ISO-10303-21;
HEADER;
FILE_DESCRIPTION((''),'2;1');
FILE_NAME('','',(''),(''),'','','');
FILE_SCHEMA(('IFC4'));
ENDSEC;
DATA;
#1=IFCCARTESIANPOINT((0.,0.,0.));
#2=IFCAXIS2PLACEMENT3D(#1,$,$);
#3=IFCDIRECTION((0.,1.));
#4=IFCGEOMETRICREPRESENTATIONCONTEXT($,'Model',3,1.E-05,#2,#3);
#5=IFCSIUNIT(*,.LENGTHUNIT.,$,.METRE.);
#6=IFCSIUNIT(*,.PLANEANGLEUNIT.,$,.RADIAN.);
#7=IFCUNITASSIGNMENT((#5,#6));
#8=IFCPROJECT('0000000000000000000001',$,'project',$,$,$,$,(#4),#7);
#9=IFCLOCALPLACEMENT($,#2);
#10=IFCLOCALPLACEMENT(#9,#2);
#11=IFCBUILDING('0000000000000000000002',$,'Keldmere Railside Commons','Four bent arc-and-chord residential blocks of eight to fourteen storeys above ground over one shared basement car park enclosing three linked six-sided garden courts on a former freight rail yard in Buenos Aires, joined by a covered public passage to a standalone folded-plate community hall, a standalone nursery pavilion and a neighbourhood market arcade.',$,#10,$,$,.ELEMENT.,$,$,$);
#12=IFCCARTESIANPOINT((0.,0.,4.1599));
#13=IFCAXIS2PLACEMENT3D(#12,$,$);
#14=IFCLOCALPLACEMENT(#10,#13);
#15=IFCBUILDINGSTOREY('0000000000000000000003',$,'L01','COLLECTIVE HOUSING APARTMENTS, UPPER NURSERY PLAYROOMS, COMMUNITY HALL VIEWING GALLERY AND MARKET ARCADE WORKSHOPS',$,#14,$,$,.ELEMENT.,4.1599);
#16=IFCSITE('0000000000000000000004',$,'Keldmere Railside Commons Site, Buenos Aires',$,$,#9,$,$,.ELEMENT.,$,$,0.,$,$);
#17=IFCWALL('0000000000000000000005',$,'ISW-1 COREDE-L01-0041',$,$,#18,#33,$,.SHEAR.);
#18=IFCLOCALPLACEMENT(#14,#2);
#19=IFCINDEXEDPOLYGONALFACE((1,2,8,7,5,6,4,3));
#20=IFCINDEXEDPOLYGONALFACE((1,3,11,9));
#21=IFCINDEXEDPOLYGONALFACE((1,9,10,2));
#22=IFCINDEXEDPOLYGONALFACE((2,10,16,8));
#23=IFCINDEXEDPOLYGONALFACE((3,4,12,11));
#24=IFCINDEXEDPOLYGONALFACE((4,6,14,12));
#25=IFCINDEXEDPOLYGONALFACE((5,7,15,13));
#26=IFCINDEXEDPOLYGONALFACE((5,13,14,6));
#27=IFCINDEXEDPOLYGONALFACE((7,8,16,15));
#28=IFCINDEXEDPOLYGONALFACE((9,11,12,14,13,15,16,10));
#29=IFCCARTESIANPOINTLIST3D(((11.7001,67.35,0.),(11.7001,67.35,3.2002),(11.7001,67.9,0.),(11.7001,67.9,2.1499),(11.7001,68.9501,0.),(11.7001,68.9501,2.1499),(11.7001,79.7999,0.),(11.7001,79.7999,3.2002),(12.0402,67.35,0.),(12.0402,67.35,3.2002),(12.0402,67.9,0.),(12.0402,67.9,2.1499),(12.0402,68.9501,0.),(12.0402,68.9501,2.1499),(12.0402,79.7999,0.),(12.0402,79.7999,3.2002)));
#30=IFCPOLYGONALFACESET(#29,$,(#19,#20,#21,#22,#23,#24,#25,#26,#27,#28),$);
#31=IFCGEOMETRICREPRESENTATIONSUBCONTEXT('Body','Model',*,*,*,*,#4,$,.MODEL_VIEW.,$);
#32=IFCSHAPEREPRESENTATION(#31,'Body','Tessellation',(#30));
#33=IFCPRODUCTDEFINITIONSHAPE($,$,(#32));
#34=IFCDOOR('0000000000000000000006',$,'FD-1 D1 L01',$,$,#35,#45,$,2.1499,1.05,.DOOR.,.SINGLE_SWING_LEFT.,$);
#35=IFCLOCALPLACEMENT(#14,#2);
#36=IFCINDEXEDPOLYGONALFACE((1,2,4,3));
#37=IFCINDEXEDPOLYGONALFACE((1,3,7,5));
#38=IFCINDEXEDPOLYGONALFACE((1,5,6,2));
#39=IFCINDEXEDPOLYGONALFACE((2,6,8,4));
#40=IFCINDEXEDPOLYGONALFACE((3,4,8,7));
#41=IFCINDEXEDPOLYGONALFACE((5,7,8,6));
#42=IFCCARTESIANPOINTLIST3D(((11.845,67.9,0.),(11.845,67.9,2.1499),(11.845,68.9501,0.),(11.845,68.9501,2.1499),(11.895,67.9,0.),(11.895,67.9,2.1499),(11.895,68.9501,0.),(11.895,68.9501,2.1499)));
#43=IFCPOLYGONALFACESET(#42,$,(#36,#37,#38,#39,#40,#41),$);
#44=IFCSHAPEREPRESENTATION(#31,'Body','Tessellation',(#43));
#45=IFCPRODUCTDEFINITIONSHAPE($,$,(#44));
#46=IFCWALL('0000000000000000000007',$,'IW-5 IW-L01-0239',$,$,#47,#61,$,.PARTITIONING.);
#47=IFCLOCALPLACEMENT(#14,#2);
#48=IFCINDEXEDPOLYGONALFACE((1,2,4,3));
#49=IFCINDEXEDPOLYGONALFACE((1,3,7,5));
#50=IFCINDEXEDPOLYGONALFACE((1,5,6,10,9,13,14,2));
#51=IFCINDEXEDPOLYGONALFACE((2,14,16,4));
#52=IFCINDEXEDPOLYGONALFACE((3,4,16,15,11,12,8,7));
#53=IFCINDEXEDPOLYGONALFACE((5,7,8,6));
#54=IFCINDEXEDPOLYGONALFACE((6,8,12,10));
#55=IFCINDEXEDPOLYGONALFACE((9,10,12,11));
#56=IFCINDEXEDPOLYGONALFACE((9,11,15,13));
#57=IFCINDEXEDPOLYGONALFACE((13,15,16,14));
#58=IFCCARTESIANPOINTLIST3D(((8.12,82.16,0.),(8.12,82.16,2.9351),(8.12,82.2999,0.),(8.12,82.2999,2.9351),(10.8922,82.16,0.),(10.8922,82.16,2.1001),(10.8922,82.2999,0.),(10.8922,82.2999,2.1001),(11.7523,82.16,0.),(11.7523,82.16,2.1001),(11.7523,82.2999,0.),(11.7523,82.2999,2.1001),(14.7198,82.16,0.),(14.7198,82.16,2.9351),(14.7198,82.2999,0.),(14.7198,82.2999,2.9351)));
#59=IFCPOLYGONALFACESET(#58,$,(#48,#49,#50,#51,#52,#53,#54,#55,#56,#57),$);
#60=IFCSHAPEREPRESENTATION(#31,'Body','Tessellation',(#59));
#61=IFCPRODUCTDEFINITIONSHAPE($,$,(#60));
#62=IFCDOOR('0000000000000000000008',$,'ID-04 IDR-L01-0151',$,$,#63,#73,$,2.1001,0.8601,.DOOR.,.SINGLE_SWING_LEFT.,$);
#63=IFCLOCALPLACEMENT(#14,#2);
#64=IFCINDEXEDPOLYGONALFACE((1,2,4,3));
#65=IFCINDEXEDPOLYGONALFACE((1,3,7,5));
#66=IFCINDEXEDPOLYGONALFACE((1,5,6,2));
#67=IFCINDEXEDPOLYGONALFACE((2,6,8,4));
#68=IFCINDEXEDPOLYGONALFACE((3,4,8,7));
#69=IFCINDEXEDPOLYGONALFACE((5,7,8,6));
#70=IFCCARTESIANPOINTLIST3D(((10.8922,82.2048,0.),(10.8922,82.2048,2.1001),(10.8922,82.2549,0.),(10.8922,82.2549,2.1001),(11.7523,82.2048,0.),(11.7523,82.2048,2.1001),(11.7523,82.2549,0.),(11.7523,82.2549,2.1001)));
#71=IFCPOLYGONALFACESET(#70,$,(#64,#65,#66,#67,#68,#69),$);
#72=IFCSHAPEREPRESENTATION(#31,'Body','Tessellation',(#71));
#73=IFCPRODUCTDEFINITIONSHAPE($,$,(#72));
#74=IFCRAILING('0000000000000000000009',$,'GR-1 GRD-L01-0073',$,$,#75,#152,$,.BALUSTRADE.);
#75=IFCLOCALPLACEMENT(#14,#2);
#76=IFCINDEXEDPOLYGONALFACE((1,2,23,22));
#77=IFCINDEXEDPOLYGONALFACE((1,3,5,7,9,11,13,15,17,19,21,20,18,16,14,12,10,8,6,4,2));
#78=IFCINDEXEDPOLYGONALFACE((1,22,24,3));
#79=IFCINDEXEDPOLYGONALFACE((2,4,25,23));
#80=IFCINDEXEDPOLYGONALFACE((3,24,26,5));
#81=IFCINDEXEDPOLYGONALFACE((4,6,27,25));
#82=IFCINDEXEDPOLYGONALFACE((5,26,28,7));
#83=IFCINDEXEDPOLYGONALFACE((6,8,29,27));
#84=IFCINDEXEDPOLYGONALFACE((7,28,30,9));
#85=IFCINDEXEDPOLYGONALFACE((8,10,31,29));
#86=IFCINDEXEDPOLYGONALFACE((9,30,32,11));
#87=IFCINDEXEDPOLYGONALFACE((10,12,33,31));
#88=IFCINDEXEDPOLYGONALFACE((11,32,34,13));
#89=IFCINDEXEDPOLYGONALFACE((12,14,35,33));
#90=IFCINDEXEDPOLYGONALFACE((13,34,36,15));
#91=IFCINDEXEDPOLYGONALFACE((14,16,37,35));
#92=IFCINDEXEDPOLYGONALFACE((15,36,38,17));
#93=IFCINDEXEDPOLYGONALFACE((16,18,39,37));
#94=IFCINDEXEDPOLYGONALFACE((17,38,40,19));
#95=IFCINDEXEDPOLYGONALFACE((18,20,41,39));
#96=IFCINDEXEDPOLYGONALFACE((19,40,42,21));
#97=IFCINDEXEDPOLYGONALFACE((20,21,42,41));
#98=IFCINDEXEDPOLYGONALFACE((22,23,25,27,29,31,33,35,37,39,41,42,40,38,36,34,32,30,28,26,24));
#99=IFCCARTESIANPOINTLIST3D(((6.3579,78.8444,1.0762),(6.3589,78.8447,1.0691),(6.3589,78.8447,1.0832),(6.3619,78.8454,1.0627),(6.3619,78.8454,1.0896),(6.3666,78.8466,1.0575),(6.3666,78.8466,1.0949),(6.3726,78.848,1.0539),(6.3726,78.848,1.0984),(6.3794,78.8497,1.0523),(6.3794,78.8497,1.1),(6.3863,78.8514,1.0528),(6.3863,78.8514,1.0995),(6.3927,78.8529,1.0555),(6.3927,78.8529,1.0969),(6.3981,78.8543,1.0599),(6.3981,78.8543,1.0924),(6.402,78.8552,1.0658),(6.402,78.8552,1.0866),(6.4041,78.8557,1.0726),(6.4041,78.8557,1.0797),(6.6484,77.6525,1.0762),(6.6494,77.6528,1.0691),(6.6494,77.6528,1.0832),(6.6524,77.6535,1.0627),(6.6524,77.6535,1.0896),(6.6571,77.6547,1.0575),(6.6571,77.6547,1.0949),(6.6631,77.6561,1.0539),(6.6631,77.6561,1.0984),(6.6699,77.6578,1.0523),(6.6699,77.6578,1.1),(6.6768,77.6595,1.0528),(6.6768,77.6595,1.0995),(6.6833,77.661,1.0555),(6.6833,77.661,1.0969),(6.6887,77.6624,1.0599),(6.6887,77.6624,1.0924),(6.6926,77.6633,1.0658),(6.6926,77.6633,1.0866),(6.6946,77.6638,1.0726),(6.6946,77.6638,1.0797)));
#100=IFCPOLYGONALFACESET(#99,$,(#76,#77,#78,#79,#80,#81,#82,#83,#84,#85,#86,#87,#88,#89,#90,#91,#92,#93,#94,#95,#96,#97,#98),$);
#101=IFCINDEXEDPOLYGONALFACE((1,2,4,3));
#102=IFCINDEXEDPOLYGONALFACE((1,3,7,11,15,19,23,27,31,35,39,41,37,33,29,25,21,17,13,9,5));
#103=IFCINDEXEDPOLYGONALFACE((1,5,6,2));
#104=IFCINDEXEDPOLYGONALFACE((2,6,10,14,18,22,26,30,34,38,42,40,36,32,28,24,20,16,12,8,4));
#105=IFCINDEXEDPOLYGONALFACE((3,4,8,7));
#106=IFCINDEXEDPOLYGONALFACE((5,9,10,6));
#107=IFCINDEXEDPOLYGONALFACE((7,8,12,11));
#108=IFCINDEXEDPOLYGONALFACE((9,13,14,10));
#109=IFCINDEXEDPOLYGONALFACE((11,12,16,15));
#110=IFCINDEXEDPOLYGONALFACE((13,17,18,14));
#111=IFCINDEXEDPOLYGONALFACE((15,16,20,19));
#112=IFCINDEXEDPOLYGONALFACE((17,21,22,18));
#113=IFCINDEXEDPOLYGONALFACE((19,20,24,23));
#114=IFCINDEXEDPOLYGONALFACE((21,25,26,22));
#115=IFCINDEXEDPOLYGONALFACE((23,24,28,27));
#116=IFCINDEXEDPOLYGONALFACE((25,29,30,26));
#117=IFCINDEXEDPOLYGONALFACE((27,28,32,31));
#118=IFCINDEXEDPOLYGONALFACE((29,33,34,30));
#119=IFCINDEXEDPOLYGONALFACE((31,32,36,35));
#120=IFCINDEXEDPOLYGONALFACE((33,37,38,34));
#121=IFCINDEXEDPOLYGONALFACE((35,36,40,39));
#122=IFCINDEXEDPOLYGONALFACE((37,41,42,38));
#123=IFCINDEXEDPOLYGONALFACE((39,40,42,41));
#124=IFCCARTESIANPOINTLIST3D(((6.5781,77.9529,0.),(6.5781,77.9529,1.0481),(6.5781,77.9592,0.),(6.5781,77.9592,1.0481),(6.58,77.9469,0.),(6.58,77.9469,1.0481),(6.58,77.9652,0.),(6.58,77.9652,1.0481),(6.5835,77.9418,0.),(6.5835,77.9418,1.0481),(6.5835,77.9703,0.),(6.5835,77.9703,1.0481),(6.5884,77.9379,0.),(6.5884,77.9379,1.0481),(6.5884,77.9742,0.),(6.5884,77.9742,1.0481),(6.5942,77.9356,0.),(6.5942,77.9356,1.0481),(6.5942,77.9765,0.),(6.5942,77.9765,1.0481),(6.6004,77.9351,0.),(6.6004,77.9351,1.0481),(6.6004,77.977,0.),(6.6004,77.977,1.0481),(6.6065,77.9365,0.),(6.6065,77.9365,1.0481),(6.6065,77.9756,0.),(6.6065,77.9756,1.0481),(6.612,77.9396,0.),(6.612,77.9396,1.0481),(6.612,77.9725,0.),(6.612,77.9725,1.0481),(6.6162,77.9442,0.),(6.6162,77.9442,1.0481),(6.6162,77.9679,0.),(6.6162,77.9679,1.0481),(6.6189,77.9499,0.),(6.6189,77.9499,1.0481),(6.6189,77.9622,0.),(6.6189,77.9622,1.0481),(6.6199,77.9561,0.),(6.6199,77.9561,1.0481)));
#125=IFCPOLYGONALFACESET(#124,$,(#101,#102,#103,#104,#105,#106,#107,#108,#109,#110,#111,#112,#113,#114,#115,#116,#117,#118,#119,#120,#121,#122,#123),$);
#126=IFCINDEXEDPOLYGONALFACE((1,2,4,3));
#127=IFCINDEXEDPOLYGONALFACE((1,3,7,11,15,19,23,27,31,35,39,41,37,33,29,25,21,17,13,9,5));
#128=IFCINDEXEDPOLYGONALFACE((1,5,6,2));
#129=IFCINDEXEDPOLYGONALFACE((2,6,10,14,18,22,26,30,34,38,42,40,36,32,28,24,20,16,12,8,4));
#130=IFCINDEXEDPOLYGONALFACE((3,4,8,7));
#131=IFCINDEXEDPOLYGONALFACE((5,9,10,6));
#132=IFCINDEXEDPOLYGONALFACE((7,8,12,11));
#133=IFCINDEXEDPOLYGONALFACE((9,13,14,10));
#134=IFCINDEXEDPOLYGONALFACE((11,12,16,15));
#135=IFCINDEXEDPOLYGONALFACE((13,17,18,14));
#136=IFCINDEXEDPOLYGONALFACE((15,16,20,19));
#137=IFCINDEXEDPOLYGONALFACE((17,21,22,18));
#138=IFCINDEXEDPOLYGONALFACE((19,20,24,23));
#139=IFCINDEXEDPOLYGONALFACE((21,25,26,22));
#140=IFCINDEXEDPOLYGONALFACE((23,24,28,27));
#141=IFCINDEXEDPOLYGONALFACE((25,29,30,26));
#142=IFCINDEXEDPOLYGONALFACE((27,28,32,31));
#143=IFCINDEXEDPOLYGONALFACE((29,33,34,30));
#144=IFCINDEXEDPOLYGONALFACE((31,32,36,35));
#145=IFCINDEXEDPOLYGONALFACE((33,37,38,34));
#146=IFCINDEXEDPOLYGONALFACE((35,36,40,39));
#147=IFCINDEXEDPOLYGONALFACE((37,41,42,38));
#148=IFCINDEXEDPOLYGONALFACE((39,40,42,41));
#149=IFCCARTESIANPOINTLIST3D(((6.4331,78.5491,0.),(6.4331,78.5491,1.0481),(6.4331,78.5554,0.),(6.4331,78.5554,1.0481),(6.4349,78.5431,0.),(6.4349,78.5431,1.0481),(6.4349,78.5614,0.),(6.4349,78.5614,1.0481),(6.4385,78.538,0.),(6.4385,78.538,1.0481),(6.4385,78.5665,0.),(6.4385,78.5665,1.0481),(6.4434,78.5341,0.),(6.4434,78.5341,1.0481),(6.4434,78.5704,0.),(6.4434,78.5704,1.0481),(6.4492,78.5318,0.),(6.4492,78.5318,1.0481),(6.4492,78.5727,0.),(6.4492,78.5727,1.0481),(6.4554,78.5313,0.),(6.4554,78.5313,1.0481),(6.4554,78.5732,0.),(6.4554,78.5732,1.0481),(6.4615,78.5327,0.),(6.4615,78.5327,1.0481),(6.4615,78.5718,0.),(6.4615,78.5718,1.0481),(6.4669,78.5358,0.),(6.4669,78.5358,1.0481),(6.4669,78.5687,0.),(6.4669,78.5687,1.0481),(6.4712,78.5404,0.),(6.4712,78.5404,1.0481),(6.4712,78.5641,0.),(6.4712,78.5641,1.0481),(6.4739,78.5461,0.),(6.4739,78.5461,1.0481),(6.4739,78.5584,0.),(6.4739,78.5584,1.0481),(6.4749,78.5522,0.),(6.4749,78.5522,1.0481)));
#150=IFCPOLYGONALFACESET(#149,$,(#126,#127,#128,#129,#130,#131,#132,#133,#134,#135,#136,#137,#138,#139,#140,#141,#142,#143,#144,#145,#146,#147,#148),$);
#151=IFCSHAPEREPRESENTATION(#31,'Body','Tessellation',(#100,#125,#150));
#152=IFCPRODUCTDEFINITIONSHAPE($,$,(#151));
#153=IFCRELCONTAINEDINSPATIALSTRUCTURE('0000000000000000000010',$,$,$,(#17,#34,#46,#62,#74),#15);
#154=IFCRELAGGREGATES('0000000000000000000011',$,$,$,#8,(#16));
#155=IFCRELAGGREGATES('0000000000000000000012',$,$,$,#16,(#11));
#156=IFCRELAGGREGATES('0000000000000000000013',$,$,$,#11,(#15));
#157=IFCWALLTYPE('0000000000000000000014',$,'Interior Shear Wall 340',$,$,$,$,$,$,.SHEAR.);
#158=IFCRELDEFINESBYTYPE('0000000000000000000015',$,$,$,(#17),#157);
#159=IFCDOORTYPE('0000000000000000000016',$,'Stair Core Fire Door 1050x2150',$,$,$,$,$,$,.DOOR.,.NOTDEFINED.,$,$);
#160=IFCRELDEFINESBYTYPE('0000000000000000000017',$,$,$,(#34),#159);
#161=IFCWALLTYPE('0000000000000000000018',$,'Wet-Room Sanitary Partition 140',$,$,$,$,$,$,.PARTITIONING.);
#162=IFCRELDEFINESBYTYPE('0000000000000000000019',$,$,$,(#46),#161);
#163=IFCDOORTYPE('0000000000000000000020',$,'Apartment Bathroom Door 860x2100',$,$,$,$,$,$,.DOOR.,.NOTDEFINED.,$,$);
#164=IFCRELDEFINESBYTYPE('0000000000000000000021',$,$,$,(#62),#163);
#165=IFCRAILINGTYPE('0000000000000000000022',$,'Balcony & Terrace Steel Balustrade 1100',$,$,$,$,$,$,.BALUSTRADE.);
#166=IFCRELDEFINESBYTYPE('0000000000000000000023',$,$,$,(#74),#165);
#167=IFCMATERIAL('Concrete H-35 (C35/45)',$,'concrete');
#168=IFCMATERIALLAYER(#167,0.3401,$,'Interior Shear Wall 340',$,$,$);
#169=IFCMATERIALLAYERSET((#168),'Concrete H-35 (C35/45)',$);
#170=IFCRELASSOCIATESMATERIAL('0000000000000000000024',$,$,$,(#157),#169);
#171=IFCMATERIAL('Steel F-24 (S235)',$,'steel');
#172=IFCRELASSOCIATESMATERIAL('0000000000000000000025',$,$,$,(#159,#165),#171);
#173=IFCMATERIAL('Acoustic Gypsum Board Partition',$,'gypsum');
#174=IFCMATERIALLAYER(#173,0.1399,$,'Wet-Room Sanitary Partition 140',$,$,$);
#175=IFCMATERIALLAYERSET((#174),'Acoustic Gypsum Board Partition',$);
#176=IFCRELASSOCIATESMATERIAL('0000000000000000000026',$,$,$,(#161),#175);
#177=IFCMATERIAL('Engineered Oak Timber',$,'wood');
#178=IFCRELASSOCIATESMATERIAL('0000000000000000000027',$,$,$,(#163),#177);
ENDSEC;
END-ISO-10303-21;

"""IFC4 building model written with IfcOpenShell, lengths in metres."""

from ifc_helpers import new_model, si_unit, direction, frame, frame_2d, origin, origin_2d, place, context, subcontext, project, spatial, rectangle, circle, extrude, material, layer, layer_set, type_object, element, fill, save


model = new_model("IFC4")

# Units and contexts
model_context = context("Model", 3, precision=1e-05, world=origin(), true_north=direction((0.0, 1.0)))
body_context = subcontext(model_context, "Body", "Model", "MODEL_VIEW")
ifc_project = project(units=[si_unit("LENGTHUNIT", "METRE"), si_unit("PLANEANGLEUNIT", "RADIAN")], contexts=[model_context])

# Site, building, storey
site_placement = place(None, origin())
site = spatial("IfcSite", under=ifc_project, at=site_placement, Name="Keldmere Railside Commons Site, Buenos Aires", CompositionType="ELEMENT", RefElevation=0.0)
building_placement = place(site_placement, origin())
building = spatial("IfcBuilding", under=site, at=building_placement, Name="Keldmere Railside Commons", Description="Four bent arc-and-chord residential blocks of eight to fourteen storeys above ground over one shared basement car park enclosing three linked six-sided garden courts on a former freight rail yard in Buenos Aires, joined by a covered public passage to a standalone folded-plate community hall, a standalone nursery pavilion and a neighbourhood market arcade.", CompositionType="ELEMENT")
storey_placement = place(building_placement, frame((0.0, 0.0, 4.1599)))
storey = spatial("IfcBuildingStorey", under=building, at=storey_placement, Name="L01", Description="COLLECTIVE HOUSING APARTMENTS, UPPER NURSERY PLAYROOMS, COMMUNITY HALL VIEWING GALLERY AND MARKET ARCADE WORKSHOPS", CompositionType="ELEMENT", Elevation=4.1599)

# Shared definitions
ifc_material_1 = material(Name="Acoustic Gypsum Board Partition", Category="gypsum")
ifc_material_2 = material(Name="Engineered Oak Timber", Category="wood")

# Shared definitions
ifc_material_3 = material(Name="Concrete H-35 (C35/45)", Category="concrete")

# Walls, openings, doors
ifc_layer_1 = layer(ifc_material_3, 0.3401, Name="Interior Shear Wall 340")
ifc_layer_set_1 = layer_set([ifc_layer_1], Name="Concrete H-35 (C35/45)")
wall_type_1 = type_object("IfcWallType", Name="Interior Shear Wall 340", PredefinedType="SHEAR", material=ifc_layer_set_1)
wall_1_placement = place(storey_placement, frame((11.8701, 79.8, 0.0), z_axis=(0.0, 0.0, 1.0), x_axis=(0.0, -1.0, 0.0)))
wall_1 = element("IfcWall", 1, at=wall_1_placement, inside=storey, type_object=wall_type_1, Name="ISW-1 COREDE-L01-0041", PredefinedType="SHEAR", context=body_context, shape_type="SweptSolid", body=[
    extrude(rectangle(XDim=12.45, YDim=0.3401, at=frame_2d((6.2251, 0.0))), origin(), (0.0, 0.0, 1.0), 3.2002),
])
opening_1_placement = place(wall_1_placement, frame((10.8501, 0.0, 0.0)))
opening_1 = element("IfcOpeningElement", 2, at=opening_1_placement, cuts=wall_1, PredefinedType="OPENING", context=body_context, shape_type="SweptSolid", body=[
    extrude(rectangle(XDim=1.05, YDim=2.1499, at=frame_2d((0.5249, 1.075))), frame((0.0, 0.1799, 0.0), z_axis=(0.0, -1.0, 0.0), x_axis=(1.0, 0.0, 0.0)), (0.0, 0.0, 1.0), 0.3601),
])
ifc_material_4 = material(Name="Steel F-24 (S235)", Category="steel")
door_type_1 = type_object("IfcDoorType", Name="Stair Core Fire Door 1050x2150", OperationType="NOTDEFINED", PredefinedType="DOOR", material=ifc_material_4)
door_1_placement = place(opening_1_placement, origin())
door_1 = element("IfcDoor", 3, at=door_1_placement, inside=storey, type_object=door_type_1, Name="FD-1 D1 L01", OperationType="SINGLE_SWING_LEFT", OverallHeight=2.1499, OverallWidth=1.05, PredefinedType="DOOR", context=body_context, shape_type="SweptSolid", body=[
    extrude(rectangle(XDim=1.05, YDim=2.1499, at=frame_2d((0.5249, 1.075))), frame((0.0, 0.0249, 0.0), z_axis=(0.0, -1.0, 0.0), x_axis=(1.0, 0.0, 0.0)), (0.0, 0.0, 1.0), 0.05),
])
fill(opening_1, door_1)
ifc_layer_2 = layer(ifc_material_1, 0.1399, Name="Wet-Room Sanitary Partition 140")
ifc_layer_set_2 = layer_set([ifc_layer_2], Name="Acoustic Gypsum Board Partition")
wall_type_2 = type_object("IfcWallType", Name="Wet-Room Sanitary Partition 140", PredefinedType="PARTITIONING", material=ifc_layer_set_2)
wall_2_placement = place(storey_placement, frame((8.1201, 82.23, 0.0), z_axis=(0.0, 0.0, 1.0), x_axis=(1.0, 0.0, 0.0)))
wall_2 = element("IfcWall", 4, at=wall_2_placement, inside=storey, type_object=wall_type_2, Name="IW-5 IW-L01-0239", PredefinedType="PARTITIONING", context=body_context, shape_type="SweptSolid", body=[
    extrude(rectangle(XDim=6.5999, YDim=0.1399, at=frame_2d((3.2998, 0.0))), origin(), (0.0, 0.0, 1.0), 2.9351),
])
opening_2_placement = place(wall_2_placement, frame((2.772, 0.0, 0.0)))
opening_2 = element("IfcOpeningElement", 5, at=opening_2_placement, cuts=wall_2, PredefinedType="OPENING", context=body_context, shape_type="SweptSolid", body=[
    extrude(rectangle(XDim=0.8601, YDim=2.1001, at=frame_2d((0.4302, 1.05))), frame((0.0, 0.0798, 0.0), z_axis=(0.0, -1.0, 0.0), x_axis=(1.0, 0.0, 0.0)), (0.0, 0.0, 1.0), 0.1599),
])
door_type_2 = type_object("IfcDoorType", Name="Apartment Bathroom Door 860x2100", OperationType="NOTDEFINED", PredefinedType="DOOR", material=ifc_material_2)
door_2_placement = place(opening_2_placement, origin())
door_2 = element("IfcDoor", 6, at=door_2_placement, inside=storey, type_object=door_type_2, Name="ID-04 IDR-L01-0151", OperationType="SINGLE_SWING_LEFT", OverallHeight=2.1001, OverallWidth=0.8601, PredefinedType="DOOR", context=body_context, shape_type="SweptSolid", body=[
    extrude(rectangle(XDim=0.8601, YDim=2.1001, at=frame_2d((0.4302, 1.05))), frame((0.0, 0.0249, 0.0), z_axis=(0.0, -1.0, 0.0), x_axis=(1.0, 0.0, 0.0)), (0.0, 0.0, 1.0), 0.05),
])
fill(opening_2, door_2)

# Railing
railing_type = type_object("IfcRailingType", Name="Balcony & Terrace Steel Balustrade 1100", PredefinedType="BALUSTRADE", material=ifc_material_4)
railing_1_placement = place(storey_placement, frame((6.6716, 77.6582, 0.0)))
element("IfcRailing", 7, at=railing_1_placement, inside=storey, type_object=railing_type, Name="GR-1 GRD-L01-0073", PredefinedType="BALUSTRADE", context=body_context, shape_type="SweptSolid", body=[
    extrude(circle(Radius=0.0239, at=origin_2d()), frame((0.0, 0.0, 1.0762), z_axis=(-0.236819, 0.971554, 0.0), x_axis=(-0.971554, -0.236819, 0.0)), (0.0, 0.0, 1.0), 1.2268),
    extrude(circle(Radius=0.021, at=origin_2d()), frame((-0.0728, 0.2979, 0.0)), (0.0, 0.0, 1.0), 1.0481),
    extrude(circle(Radius=0.021, at=origin_2d()), frame((-0.2178, 0.894, 0.0)), (0.0, 0.0, 1.0), 1.0481),
])

save(model, "model.ifc")
